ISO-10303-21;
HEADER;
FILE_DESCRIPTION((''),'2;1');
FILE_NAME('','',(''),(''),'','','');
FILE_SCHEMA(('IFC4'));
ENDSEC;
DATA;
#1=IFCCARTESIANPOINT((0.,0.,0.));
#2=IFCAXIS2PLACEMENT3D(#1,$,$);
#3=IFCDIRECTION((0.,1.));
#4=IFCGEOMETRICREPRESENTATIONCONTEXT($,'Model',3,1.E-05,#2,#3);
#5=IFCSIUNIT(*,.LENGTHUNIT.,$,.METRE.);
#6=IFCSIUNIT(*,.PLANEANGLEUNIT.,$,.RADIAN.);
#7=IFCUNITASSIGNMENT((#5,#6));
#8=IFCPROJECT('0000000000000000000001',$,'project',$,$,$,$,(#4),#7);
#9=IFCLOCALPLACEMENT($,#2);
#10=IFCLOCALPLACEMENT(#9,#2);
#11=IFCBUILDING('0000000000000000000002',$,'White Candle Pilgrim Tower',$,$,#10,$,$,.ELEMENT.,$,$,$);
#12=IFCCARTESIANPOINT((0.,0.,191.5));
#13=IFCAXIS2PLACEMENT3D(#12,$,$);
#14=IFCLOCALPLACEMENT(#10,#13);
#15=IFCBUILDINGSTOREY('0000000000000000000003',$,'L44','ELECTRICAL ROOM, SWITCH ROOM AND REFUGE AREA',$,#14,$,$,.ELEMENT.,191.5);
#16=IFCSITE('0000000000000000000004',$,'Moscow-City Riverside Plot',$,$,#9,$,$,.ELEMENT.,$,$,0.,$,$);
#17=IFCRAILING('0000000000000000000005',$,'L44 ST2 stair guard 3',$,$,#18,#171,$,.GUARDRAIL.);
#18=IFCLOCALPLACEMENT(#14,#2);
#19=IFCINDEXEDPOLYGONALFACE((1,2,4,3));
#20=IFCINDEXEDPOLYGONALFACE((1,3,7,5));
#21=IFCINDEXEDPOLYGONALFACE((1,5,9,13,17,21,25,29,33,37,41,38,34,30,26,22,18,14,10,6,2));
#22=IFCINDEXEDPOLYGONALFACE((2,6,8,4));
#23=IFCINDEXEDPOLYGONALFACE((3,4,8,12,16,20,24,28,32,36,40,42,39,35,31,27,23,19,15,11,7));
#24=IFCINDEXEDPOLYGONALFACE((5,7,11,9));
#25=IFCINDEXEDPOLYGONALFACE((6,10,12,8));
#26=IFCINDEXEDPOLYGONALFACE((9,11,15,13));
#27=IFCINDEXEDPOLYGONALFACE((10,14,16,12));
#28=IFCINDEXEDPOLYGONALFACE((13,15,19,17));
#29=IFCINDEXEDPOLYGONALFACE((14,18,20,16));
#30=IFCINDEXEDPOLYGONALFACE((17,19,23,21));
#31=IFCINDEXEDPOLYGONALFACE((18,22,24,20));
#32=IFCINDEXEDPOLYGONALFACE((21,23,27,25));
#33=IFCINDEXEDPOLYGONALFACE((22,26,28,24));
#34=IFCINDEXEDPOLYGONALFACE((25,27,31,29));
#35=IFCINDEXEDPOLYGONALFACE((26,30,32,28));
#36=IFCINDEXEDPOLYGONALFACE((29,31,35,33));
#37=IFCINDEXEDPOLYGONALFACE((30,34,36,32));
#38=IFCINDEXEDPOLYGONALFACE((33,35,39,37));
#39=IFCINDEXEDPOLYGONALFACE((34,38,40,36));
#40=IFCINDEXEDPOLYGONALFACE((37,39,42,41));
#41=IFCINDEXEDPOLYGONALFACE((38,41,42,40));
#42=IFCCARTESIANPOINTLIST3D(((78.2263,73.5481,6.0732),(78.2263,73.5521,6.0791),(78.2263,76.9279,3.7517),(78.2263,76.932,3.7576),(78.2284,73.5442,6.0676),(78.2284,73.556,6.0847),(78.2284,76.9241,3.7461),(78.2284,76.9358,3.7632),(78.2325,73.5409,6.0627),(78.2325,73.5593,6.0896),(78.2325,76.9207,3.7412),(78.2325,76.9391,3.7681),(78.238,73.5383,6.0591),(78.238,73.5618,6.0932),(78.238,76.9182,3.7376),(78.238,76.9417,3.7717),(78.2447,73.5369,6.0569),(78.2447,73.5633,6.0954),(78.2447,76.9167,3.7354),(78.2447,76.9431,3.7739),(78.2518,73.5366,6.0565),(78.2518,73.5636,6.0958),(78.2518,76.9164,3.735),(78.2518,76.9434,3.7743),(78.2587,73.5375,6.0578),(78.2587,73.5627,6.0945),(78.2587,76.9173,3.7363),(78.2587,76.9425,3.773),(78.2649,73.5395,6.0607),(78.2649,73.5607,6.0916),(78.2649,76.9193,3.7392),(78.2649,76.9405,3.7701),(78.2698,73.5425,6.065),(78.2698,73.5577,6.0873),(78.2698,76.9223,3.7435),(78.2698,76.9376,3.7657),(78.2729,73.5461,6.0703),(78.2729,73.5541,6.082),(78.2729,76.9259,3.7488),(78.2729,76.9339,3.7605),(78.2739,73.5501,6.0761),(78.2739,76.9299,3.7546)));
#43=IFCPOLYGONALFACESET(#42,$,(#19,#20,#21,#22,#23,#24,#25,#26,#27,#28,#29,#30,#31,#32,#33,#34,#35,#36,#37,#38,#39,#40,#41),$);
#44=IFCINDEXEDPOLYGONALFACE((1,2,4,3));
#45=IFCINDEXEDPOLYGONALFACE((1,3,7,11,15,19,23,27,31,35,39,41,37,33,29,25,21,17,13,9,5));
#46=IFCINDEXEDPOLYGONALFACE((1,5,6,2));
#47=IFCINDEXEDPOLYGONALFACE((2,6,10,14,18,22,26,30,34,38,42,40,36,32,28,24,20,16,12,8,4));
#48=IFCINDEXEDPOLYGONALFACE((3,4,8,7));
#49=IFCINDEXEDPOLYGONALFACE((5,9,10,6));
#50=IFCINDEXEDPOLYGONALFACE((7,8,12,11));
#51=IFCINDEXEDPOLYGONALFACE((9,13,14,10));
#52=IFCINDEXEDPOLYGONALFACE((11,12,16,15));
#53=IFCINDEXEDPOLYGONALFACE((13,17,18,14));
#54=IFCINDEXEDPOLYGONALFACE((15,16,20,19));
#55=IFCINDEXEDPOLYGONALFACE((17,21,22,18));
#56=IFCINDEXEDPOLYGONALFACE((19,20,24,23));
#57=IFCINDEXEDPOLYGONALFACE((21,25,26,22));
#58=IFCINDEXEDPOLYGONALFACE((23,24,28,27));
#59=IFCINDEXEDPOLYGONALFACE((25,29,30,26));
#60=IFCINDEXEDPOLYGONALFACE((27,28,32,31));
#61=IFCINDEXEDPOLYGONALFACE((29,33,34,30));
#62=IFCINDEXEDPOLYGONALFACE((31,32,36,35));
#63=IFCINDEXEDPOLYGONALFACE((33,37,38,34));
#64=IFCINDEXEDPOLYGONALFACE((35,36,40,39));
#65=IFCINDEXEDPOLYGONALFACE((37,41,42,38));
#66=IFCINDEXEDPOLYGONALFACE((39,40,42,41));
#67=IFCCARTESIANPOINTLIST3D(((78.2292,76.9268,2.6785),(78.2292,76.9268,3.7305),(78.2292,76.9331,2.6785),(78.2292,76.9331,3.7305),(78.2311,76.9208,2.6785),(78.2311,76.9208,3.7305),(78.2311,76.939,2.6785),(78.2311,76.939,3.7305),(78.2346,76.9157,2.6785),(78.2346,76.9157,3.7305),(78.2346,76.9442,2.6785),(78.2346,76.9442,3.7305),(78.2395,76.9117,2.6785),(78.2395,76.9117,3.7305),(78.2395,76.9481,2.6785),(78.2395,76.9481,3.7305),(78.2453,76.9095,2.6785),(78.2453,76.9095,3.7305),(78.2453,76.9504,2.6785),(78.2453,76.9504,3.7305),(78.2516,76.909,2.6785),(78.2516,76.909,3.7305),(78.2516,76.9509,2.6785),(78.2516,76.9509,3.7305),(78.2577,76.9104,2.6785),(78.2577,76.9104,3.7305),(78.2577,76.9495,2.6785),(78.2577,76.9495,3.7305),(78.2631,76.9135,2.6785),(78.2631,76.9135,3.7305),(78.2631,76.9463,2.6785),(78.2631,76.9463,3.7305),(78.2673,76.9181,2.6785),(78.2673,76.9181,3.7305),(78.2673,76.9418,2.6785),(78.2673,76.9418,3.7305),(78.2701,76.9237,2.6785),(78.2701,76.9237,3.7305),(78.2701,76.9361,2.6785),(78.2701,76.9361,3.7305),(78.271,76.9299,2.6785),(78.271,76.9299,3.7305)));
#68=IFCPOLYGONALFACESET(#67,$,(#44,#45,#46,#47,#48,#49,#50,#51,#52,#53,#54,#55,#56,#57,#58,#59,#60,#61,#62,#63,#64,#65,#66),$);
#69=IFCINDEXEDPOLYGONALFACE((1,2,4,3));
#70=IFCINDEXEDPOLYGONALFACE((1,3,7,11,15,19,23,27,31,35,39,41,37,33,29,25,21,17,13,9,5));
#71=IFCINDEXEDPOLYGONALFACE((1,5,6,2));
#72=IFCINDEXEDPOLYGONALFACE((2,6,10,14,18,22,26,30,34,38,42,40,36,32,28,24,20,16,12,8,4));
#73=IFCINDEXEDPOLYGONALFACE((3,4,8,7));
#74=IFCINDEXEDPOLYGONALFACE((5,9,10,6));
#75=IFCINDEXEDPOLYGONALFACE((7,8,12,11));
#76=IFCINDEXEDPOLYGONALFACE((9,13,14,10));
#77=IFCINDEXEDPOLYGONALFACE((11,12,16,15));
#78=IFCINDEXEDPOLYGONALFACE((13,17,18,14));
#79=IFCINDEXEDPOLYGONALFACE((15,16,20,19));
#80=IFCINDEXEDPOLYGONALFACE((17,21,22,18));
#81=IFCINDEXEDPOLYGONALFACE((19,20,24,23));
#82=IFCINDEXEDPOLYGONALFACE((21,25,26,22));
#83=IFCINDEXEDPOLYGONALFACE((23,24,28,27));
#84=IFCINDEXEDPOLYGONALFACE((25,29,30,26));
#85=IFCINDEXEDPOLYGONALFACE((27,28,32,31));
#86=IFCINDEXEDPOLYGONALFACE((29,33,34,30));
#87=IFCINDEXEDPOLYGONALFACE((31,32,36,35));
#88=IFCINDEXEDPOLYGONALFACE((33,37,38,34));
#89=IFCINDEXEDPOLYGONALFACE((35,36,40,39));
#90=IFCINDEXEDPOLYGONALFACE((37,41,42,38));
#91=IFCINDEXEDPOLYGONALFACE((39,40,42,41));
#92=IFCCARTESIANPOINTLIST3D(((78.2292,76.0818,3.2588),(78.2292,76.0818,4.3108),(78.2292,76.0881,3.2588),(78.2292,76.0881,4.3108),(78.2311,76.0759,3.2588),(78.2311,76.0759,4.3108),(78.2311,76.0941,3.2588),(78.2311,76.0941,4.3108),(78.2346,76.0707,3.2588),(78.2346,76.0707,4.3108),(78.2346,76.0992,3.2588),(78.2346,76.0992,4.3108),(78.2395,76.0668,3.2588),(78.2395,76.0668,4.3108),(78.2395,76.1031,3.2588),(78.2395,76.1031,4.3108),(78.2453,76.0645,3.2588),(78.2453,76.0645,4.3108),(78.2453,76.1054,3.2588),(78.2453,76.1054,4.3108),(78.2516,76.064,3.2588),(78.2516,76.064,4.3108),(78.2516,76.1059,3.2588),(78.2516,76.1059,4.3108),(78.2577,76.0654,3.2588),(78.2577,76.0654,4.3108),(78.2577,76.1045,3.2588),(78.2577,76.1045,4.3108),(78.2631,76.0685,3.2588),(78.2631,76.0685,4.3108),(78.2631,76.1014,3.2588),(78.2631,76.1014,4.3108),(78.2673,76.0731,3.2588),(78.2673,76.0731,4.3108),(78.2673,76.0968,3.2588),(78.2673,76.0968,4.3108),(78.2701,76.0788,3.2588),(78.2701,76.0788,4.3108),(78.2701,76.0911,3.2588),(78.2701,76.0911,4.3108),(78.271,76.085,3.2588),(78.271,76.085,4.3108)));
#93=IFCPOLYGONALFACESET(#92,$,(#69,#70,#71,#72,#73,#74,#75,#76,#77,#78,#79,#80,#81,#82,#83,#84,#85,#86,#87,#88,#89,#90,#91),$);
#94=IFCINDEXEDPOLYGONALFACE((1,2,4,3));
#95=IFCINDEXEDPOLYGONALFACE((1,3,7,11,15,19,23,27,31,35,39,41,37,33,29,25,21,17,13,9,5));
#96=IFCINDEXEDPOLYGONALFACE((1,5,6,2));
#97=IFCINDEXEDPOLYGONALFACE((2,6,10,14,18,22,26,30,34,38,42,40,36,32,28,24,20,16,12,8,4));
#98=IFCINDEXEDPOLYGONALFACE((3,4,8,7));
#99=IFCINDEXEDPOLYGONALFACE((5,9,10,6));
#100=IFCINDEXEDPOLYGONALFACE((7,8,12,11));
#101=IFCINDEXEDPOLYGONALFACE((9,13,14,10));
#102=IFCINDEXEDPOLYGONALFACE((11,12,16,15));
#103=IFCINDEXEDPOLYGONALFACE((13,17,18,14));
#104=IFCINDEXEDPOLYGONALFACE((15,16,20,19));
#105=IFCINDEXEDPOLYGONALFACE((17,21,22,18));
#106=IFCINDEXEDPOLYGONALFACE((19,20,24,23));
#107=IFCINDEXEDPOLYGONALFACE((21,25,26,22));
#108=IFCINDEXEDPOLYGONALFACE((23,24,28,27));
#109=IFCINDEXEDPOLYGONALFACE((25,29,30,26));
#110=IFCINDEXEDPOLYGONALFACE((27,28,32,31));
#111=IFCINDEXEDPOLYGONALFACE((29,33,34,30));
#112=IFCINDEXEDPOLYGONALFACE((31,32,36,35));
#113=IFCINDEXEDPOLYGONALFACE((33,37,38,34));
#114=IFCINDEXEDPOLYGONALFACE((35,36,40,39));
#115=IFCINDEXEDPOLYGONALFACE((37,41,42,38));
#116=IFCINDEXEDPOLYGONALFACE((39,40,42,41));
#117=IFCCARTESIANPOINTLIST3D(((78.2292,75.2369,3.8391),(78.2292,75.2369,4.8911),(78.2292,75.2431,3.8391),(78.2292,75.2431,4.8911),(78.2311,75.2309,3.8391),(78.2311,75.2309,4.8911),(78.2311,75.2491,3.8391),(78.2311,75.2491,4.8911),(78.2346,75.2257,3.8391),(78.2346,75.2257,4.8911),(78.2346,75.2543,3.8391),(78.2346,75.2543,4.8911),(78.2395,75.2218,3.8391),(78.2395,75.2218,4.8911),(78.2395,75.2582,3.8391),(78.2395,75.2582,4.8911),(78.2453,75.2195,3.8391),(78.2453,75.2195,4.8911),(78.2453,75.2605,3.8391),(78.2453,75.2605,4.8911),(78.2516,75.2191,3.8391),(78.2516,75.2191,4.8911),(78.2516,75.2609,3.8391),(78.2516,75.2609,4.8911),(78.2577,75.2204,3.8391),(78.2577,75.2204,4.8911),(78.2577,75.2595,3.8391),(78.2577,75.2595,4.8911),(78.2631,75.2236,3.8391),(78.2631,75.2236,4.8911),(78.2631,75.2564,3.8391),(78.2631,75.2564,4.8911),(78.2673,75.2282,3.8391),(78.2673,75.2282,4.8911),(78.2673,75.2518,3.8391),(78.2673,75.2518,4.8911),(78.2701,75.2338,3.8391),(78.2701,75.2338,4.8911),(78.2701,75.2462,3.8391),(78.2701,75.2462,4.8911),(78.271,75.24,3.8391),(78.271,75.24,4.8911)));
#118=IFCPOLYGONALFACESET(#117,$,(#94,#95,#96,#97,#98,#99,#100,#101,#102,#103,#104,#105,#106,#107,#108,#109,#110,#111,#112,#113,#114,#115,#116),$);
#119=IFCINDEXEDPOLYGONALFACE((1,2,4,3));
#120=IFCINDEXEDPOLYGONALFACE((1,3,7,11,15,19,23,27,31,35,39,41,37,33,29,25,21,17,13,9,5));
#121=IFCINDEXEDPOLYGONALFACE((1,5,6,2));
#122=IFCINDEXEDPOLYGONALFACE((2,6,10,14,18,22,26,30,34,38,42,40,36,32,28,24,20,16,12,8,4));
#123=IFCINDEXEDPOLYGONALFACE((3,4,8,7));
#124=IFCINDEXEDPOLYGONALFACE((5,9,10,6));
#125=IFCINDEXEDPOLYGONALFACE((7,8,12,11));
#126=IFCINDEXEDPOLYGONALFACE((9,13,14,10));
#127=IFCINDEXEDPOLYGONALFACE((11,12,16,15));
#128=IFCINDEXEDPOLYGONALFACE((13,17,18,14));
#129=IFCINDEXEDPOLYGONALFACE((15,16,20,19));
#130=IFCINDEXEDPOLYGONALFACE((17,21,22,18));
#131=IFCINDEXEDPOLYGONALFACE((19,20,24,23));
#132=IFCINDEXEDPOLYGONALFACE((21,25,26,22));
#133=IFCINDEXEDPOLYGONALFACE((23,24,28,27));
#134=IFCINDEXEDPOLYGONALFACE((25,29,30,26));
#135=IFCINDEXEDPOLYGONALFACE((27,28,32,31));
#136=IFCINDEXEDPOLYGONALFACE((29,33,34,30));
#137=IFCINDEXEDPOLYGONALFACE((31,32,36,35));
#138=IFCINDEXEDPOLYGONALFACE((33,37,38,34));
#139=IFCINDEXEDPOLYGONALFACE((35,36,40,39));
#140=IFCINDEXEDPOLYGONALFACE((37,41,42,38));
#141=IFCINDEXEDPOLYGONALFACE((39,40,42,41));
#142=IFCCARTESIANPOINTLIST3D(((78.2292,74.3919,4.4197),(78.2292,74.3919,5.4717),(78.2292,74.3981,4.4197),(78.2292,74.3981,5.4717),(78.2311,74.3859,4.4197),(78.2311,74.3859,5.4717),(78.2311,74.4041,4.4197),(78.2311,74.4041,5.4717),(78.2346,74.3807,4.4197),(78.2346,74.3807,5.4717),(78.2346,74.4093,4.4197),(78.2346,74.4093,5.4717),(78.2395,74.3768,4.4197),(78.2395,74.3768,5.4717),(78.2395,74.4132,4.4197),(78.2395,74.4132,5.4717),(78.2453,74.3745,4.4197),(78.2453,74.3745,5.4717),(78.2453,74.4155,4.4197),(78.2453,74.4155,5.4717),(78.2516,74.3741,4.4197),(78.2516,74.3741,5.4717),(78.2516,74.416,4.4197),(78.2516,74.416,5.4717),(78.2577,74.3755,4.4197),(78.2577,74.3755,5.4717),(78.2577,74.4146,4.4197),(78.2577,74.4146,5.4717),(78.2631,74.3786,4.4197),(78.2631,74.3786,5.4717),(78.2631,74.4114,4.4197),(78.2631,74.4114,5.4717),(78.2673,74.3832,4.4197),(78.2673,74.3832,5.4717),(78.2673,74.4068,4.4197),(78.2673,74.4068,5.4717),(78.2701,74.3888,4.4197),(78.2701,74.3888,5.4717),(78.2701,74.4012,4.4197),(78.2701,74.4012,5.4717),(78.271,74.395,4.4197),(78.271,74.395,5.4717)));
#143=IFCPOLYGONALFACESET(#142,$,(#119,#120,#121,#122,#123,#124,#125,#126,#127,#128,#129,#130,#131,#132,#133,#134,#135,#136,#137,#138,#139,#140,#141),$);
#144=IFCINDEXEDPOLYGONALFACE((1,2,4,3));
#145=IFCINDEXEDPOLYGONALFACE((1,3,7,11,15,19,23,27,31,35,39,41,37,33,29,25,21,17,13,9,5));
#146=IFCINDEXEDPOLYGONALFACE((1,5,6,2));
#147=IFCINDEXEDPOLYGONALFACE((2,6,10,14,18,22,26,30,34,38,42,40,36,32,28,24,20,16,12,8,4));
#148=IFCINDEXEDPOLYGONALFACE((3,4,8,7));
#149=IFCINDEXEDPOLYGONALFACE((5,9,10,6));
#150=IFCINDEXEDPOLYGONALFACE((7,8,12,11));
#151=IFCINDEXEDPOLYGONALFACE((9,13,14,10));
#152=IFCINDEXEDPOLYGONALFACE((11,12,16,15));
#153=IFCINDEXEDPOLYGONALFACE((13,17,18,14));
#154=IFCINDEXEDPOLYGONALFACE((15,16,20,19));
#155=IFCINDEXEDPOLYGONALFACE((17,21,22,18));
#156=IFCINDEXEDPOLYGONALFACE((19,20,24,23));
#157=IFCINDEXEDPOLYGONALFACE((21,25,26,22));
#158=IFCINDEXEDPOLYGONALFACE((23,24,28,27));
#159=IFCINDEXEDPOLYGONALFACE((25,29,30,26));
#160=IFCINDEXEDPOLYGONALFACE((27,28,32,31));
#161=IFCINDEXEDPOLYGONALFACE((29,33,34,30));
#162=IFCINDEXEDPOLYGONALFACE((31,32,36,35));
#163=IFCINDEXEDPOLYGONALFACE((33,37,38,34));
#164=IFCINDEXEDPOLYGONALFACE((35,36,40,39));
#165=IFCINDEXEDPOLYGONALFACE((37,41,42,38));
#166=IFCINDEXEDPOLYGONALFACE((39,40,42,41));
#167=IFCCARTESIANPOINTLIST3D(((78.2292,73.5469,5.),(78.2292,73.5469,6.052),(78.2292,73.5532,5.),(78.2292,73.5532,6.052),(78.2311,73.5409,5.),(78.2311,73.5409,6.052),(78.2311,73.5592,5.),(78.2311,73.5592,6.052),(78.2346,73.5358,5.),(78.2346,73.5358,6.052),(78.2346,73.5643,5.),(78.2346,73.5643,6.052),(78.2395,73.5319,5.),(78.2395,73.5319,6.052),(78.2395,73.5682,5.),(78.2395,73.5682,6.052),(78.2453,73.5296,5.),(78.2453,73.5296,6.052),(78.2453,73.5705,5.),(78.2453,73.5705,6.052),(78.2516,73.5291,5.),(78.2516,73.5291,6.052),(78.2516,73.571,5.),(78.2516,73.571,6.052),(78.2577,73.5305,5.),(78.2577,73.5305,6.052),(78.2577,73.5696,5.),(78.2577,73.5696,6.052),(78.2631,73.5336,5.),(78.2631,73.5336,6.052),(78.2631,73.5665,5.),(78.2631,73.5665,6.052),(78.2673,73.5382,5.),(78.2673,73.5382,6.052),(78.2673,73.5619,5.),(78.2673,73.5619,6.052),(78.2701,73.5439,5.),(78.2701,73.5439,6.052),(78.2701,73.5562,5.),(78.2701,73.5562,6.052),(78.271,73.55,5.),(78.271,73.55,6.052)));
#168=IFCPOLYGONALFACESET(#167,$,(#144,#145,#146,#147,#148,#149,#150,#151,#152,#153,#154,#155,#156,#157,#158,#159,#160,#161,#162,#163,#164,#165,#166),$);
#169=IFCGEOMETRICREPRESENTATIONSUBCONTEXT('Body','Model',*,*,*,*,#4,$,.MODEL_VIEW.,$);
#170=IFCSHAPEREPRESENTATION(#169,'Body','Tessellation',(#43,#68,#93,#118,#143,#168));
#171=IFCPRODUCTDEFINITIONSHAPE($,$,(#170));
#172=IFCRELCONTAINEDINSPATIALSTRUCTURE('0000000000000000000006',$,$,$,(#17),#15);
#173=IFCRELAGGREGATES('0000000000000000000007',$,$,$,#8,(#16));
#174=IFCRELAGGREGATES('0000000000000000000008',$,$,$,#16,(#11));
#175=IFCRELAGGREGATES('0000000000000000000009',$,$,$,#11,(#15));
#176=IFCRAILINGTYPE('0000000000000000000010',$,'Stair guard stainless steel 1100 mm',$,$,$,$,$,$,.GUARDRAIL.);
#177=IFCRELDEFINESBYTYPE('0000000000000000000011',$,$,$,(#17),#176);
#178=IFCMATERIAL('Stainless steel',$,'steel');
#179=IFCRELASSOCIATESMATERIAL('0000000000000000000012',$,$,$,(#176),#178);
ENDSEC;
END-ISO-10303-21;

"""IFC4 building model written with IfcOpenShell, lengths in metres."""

from ifc_helpers import new_model, si_unit, direction, frame, origin, origin_2d, place, context, subcontext, project, spatial, circle, extrude, material, type_object, element, save


model = new_model("IFC4")

# Units and contexts
model_context = context("Model", 3, precision=1e-05, world=origin(), true_north=direction((0.0, 1.0)))
body_context = subcontext(model_context, "Body", "Model", "MODEL_VIEW")
ifc_project = project(units=[si_unit("LENGTHUNIT", "METRE"), si_unit("PLANEANGLEUNIT", "RADIAN")], contexts=[model_context])

# Site, building, storey
site_placement = place(None, origin())
site = spatial("IfcSite", under=ifc_project, at=site_placement, Name="Moscow-City Riverside Plot", CompositionType="ELEMENT", RefElevation=0.0)
building_placement = place(site_placement, origin())
building = spatial("IfcBuilding", under=site, at=building_placement, Name="White Candle Pilgrim Tower", CompositionType="ELEMENT")
storey_placement = place(building_placement, frame((0.0, 0.0, 191.5)))
storey = spatial("IfcBuildingStorey", under=building, at=storey_placement, Name="L44", Description="ELECTRICAL ROOM, SWITCH ROOM AND REFUGE AREA", CompositionType="ELEMENT", Elevation=191.5)

# Railing
ifc_material_1 = material(Name="Stainless steel", Category="steel")
railing_type_1 = type_object("IfcRailingType", Name="Stair guard stainless steel 1100 mm", PredefinedType="GUARDRAIL", material=ifc_material_1)
railing_1_placement = place(storey_placement, frame((78.25, 76.9299, 2.6785)))
element("IfcRailing", 1, at=railing_1_placement, inside=storey, type_object=railing_type_1, Name="L44 ST2 stair guard 3", PredefinedType="GUARDRAIL", context=body_context, shape_type="SweptSolid", body=[
    extrude(circle(Radius=0.0239, at=origin_2d()), frame((0.0, 0.0, 1.0762), z_axis=(0.0, -0.824285, 0.566175), x_axis=(1.0, 0.0, 0.0)), (0.0, 0.0, 1.0), 4.1003),
    extrude(circle(Radius=0.021, at=origin_2d()), origin(), (0.0, 0.0, 1.0), 1.052),
    extrude(circle(Radius=0.021, at=origin_2d()), frame((0.0, -0.845, 0.5803)), (0.0, 0.0, 1.0), 1.052),
    extrude(circle(Radius=0.021, at=origin_2d()), frame((0.0, -1.6899, 1.1606)), (0.0, 0.0, 1.0), 1.052),
    extrude(circle(Radius=0.021, at=origin_2d()), frame((0.0, -2.5349, 1.7412)), (0.0, 0.0, 1.0), 1.052),
    extrude(circle(Radius=0.021, at=origin_2d()), frame((0.0, -3.3799, 2.3215)), (0.0, 0.0, 1.0), 1.052),
])

save(model, "model.ifc")
